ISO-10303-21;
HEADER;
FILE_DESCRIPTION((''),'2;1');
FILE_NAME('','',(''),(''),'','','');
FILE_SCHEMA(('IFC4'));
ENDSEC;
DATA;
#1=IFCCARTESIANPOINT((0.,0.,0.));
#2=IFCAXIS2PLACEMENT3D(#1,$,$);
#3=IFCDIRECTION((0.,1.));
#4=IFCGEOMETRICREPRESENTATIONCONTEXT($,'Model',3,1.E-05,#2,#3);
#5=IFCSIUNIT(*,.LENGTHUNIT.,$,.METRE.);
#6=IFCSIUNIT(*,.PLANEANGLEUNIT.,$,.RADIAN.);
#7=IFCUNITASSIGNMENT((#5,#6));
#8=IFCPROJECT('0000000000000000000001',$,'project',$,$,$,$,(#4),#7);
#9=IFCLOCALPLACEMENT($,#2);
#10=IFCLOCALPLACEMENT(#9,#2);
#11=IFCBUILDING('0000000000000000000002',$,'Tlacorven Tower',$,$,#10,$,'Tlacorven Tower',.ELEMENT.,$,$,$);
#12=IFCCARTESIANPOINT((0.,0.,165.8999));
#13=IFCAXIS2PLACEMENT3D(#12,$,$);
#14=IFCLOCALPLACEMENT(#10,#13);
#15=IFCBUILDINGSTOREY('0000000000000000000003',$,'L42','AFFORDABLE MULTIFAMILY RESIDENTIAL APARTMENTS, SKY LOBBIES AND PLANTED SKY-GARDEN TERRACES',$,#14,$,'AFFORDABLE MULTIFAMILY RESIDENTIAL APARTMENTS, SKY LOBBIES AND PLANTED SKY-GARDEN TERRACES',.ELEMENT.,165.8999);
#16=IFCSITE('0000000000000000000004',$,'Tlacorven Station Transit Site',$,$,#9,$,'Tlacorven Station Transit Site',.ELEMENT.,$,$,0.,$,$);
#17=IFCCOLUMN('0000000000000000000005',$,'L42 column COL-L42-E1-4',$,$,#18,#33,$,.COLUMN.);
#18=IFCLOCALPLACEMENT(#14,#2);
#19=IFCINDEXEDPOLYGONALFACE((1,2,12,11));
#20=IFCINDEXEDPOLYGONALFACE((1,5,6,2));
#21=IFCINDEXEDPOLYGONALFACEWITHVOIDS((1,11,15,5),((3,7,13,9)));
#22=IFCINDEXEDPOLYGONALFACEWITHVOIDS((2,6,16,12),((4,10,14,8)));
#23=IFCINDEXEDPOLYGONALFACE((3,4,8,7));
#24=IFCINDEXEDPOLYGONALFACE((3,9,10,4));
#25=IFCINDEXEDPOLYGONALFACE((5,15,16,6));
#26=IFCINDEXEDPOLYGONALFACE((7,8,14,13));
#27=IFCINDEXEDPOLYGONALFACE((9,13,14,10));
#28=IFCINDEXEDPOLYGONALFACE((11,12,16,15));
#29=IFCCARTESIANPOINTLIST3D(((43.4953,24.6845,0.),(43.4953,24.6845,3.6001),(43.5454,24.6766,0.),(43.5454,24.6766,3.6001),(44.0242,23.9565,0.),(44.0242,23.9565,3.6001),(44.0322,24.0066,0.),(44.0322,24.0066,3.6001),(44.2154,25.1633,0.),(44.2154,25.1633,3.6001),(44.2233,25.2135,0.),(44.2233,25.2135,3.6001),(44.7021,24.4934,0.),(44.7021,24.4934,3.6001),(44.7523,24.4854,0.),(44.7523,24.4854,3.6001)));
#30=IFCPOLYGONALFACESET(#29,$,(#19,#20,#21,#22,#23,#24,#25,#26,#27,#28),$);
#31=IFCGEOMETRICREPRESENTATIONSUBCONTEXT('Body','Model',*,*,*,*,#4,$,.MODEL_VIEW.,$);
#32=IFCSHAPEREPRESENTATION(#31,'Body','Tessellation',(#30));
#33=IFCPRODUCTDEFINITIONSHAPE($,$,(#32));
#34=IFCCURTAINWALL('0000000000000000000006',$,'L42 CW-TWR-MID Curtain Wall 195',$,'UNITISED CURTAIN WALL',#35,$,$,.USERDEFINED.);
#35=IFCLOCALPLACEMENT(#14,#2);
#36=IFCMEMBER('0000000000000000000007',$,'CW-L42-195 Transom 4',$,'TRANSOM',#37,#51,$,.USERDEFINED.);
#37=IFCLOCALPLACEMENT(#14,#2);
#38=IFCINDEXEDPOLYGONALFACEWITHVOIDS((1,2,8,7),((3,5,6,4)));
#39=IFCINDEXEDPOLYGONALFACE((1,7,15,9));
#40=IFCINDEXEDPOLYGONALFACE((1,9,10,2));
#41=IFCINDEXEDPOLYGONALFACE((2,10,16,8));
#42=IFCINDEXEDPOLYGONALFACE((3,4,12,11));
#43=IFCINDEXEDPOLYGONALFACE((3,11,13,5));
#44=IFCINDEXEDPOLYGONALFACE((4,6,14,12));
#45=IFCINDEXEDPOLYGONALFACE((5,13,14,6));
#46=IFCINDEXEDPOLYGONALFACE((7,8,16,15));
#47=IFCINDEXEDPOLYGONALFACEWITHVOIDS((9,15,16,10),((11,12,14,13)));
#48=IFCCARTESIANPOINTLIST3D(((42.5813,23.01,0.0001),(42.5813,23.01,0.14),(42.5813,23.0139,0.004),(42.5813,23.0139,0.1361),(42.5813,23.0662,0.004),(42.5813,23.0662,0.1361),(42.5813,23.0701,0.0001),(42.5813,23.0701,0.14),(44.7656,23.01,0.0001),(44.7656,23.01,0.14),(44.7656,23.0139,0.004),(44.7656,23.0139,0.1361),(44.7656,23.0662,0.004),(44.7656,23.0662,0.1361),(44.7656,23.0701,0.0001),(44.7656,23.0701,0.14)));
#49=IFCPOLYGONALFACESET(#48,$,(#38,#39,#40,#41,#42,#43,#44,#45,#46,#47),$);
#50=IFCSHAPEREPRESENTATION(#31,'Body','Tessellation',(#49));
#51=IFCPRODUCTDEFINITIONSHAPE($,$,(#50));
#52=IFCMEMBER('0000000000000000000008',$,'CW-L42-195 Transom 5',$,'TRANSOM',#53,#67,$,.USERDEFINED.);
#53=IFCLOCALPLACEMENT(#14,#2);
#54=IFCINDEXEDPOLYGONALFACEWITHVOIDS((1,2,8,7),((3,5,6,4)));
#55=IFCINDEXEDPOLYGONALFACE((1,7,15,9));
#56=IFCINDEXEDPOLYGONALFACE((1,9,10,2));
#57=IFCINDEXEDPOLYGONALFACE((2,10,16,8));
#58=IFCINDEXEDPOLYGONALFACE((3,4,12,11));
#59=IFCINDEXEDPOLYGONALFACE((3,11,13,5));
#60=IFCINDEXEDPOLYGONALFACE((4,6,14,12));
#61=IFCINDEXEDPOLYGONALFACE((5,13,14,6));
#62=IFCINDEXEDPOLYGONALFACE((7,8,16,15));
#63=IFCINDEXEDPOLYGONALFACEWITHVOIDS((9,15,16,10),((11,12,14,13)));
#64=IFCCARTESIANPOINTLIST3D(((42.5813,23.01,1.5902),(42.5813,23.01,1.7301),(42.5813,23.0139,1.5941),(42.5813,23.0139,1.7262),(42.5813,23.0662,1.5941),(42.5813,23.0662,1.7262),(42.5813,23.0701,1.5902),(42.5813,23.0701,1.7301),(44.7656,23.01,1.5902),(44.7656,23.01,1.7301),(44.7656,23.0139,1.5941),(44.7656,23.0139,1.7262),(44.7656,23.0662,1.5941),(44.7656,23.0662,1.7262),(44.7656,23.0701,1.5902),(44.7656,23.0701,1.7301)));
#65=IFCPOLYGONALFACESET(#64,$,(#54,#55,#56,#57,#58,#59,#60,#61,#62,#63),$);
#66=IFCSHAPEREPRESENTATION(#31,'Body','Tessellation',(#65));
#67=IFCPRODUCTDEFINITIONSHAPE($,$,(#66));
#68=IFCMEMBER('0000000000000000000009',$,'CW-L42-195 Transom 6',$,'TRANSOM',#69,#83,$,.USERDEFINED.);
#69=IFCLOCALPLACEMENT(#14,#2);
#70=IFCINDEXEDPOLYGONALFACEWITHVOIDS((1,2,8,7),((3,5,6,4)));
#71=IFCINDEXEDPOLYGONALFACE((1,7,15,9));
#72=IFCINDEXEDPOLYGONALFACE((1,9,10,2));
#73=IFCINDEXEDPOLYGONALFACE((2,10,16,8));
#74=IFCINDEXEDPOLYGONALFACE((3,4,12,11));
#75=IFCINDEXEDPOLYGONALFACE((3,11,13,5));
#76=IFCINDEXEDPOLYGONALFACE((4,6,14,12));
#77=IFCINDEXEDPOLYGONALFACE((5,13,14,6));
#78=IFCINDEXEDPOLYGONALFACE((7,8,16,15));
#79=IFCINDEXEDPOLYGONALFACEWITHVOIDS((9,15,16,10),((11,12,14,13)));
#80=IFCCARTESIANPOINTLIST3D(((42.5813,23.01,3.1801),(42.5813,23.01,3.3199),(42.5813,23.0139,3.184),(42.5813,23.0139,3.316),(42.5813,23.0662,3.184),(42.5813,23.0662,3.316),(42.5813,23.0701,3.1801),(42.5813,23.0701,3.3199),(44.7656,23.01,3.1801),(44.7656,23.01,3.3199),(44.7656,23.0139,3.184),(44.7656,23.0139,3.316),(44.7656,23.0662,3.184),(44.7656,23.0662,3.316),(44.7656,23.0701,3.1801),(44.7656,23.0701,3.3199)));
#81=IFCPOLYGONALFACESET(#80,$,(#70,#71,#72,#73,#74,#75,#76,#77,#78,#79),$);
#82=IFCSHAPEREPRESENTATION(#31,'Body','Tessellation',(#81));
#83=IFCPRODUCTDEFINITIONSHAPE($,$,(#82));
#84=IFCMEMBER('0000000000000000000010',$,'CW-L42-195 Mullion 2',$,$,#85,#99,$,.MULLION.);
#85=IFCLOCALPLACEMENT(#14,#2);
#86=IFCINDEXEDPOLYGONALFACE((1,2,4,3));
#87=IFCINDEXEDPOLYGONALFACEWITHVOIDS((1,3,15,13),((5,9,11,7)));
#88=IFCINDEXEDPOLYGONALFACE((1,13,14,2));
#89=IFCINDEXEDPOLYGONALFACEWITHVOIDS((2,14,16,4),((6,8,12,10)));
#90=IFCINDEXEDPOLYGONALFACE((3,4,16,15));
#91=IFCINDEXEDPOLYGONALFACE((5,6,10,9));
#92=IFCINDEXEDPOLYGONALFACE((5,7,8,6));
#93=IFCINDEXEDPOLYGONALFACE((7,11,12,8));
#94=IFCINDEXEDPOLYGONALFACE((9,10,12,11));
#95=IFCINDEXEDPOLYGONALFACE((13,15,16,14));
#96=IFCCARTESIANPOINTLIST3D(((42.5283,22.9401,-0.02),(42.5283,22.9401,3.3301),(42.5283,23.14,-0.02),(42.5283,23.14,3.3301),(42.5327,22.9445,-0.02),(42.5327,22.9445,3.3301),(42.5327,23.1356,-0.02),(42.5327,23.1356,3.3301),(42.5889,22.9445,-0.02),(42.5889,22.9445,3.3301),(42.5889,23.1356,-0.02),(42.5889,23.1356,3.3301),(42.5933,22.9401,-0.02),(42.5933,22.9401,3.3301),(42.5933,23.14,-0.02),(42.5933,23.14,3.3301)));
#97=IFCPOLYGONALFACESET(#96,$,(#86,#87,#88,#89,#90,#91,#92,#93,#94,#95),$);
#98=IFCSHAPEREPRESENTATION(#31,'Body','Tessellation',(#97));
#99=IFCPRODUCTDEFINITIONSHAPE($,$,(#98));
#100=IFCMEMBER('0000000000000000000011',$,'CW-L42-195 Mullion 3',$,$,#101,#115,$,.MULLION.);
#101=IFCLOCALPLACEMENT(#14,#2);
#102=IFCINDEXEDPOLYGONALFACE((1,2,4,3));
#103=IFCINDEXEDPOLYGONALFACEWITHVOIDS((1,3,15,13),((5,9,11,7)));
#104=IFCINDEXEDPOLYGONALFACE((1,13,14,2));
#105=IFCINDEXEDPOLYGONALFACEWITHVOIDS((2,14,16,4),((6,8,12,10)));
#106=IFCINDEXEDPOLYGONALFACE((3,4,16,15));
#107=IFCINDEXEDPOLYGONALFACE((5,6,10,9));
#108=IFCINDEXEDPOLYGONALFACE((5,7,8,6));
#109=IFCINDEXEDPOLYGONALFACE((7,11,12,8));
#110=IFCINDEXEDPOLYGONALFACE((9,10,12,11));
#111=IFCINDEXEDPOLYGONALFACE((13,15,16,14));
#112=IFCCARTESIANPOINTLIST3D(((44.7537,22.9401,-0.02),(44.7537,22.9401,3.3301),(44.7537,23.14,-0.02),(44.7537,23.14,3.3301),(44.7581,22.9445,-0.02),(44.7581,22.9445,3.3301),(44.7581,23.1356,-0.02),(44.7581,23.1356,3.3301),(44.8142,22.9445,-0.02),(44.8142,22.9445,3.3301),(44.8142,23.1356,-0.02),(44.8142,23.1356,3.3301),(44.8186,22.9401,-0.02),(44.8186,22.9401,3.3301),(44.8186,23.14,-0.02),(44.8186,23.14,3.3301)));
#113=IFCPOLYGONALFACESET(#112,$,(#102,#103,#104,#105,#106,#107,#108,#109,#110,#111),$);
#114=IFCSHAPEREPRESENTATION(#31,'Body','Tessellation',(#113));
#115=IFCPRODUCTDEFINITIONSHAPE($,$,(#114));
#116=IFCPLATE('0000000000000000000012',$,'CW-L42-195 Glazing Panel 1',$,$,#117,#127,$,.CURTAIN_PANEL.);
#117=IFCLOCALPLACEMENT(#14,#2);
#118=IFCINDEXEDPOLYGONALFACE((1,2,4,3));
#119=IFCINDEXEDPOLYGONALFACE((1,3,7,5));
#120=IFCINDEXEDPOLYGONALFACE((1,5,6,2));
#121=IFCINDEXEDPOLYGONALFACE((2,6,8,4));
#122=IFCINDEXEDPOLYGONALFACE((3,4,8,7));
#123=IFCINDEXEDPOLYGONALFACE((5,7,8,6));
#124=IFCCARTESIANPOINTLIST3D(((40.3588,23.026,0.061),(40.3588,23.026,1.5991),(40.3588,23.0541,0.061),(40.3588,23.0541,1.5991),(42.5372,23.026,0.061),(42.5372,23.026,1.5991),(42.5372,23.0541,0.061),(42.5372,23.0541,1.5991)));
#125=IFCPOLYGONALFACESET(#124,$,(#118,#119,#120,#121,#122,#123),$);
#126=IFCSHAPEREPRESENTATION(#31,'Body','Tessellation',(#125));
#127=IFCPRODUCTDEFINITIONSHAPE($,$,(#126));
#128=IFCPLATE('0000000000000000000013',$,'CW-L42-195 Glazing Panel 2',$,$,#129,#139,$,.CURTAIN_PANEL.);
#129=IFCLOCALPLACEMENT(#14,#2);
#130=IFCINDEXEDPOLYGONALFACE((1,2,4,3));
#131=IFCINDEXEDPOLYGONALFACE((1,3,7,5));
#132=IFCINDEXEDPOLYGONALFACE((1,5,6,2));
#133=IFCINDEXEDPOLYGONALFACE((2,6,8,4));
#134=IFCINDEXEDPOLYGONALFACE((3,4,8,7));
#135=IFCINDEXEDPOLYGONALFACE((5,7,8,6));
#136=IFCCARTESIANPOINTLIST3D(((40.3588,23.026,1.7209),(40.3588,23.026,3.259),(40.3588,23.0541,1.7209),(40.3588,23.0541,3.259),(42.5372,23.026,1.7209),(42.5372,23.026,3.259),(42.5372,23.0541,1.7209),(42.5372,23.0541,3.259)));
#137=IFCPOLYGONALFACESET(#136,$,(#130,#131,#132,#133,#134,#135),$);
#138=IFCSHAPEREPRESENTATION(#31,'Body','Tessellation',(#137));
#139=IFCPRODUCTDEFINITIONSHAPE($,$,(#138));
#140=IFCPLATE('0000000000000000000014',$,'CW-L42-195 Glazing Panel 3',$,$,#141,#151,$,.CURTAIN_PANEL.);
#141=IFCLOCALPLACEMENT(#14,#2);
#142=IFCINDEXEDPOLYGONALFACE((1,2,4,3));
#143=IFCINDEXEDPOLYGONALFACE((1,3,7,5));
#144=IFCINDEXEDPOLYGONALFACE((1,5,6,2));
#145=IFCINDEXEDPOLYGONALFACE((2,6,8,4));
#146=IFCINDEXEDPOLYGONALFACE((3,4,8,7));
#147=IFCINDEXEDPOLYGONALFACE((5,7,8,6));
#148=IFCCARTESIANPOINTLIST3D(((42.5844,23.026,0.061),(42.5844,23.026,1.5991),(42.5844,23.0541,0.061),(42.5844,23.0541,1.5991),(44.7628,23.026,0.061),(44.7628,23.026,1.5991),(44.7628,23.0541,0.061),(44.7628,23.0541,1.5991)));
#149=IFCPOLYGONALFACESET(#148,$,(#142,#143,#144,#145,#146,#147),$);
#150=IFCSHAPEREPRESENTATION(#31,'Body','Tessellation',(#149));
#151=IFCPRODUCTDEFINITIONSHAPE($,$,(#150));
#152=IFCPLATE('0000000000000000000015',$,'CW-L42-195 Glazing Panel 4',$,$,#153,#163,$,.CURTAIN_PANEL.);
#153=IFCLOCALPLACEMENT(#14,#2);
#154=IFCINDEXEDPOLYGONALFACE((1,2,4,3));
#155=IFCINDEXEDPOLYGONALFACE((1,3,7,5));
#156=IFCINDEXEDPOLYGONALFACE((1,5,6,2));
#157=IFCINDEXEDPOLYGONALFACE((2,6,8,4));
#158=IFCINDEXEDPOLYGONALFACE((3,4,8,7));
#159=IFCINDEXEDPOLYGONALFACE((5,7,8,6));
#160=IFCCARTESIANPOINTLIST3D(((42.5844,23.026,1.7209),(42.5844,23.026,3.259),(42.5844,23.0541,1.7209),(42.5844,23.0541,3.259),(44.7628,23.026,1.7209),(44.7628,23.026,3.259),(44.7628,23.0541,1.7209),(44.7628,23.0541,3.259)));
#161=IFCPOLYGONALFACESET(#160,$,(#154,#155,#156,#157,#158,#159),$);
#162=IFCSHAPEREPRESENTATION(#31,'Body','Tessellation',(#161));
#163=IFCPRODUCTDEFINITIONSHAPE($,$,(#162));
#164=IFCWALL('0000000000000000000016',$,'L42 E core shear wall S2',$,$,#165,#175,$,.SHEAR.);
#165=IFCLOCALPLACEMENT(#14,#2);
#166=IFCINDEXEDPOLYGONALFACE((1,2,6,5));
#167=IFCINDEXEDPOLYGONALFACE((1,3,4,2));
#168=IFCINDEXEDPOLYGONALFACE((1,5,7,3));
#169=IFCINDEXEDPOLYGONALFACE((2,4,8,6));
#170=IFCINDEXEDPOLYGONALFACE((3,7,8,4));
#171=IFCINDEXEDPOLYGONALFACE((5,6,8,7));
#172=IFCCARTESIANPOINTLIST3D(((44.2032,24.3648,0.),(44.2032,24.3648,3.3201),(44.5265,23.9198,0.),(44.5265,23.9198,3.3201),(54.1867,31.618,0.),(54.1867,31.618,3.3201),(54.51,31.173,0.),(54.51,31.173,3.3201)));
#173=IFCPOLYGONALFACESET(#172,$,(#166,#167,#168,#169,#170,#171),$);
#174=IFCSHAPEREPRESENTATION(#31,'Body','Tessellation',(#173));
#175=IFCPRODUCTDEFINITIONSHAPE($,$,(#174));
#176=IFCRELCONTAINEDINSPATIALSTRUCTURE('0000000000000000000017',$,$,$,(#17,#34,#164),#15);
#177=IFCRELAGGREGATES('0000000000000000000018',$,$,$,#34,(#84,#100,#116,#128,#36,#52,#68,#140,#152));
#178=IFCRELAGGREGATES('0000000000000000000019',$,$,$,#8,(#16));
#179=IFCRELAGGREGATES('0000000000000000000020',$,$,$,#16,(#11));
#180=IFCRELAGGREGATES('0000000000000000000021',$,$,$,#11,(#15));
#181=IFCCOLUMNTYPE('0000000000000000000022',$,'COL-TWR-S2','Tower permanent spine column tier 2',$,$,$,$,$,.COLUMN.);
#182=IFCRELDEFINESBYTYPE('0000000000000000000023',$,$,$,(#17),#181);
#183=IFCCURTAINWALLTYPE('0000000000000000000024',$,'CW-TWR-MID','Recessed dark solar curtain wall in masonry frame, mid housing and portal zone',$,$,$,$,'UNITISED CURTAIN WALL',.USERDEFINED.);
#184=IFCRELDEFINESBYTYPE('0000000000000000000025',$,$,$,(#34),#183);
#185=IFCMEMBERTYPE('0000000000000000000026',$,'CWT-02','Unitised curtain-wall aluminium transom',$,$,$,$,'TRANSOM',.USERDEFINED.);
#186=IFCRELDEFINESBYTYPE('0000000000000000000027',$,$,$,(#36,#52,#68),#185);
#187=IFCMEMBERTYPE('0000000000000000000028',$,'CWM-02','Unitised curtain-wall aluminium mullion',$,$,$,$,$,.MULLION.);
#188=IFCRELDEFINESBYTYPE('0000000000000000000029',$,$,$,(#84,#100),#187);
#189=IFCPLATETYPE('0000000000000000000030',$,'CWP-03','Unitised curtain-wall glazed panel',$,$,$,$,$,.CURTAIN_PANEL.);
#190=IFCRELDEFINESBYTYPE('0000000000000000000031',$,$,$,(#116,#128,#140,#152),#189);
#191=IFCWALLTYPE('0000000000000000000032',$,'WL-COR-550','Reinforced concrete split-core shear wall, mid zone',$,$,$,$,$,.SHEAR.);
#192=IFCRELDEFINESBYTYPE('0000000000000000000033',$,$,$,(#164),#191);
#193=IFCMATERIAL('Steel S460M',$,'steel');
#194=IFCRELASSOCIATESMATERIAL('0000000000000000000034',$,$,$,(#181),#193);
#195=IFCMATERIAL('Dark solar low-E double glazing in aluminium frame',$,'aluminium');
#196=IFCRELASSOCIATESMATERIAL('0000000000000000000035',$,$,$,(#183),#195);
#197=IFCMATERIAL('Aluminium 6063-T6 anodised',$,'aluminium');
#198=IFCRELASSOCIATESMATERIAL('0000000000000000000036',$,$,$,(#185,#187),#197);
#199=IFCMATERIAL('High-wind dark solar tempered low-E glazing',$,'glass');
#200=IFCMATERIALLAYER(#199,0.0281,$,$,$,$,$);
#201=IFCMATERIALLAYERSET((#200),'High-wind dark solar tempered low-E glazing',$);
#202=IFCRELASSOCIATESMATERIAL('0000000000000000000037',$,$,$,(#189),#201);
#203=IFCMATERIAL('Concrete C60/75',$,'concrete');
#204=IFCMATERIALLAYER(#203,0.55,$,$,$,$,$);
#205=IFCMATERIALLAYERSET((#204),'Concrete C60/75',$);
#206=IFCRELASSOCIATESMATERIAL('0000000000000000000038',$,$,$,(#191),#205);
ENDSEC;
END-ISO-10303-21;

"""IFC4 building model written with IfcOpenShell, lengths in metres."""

from ifc_helpers import new_model, si_unit, direction, frame, frame_2d, origin, origin_2d, place, context, subcontext, project, spatial, rectangle, hollow_rectangle, extrude, source, transform, mapped, material, layer, layer_set, material_profile, profile_set, type_object, element, aggregate, save


model = new_model("IFC4")

# Units and contexts
model_context = context("Model", 3, precision=1e-05, world=origin(), true_north=direction((0.0, 1.0)))
body_context = subcontext(model_context, "Body", "Model", "MODEL_VIEW")
ifc_project = project(units=[si_unit("LENGTHUNIT", "METRE"), si_unit("PLANEANGLEUNIT", "RADIAN")], contexts=[model_context])

# Site, building, storey
site_placement = place(None, origin())
site = spatial("IfcSite", under=ifc_project, at=site_placement, Name="Tlacorven Station Transit Site", LongName="Tlacorven Station Transit Site", CompositionType="ELEMENT", RefElevation=0.0)
building_placement = place(site_placement, origin())
building = spatial("IfcBuilding", under=site, at=building_placement, Name="Tlacorven Tower", LongName="Tlacorven Tower", CompositionType="ELEMENT")
storey_placement = place(building_placement, frame((0.0, 0.0, 165.8999)))
storey = spatial("IfcBuildingStorey", under=building, at=storey_placement, Name="L42", Description="AFFORDABLE MULTIFAMILY RESIDENTIAL APARTMENTS, SKY LOBBIES AND PLANTED SKY-GARDEN TERRACES", LongName="AFFORDABLE MULTIFAMILY RESIDENTIAL APARTMENTS, SKY LOBBIES AND PLANTED SKY-GARDEN TERRACES", CompositionType="ELEMENT", Elevation=165.8999)

# Column
ifc_material_1 = material(Name="Steel S460M", Category="steel")
ifc_material_profile_1 = material_profile(ifc_material_1, hollow_rectangle(XDim=0.8999, YDim=0.8999, WallThickness=0.0359, at=origin_2d()), Name="BOX 900X900X36")
ifc_profile_set_1 = profile_set([ifc_material_profile_1], Name="Steel S460M")
column_type = type_object("IfcColumnType", Name="COL-TWR-S2", Description="Tower permanent spine column tier 2", PredefinedType="COLUMN", material=ifc_profile_set_1)
shared_shape_1 = source(origin(), body_context, "Body", "SweptSolid", [
    extrude(hollow_rectangle(XDim=0.8999, YDim=0.8999, WallThickness=0.0359, at=origin_2d()), origin(), (0.0, 0.0, 1.0), 3.6001),
])
column_placement = place(storey_placement, frame((44.1238, 24.585, 0.0), z_axis=(0.0, 0.0, 1.0), x_axis=(0.809017, 0.587785, 0.0)))
element("IfcColumn", 1, at=column_placement, inside=storey, type_object=column_type, Name="L42 column COL-L42-E1-4", PredefinedType="COLUMN", context=body_context, shape_type="MappedRepresentation", body=[
    mapped(shared_shape_1, transform((0.0, 0.0, 0.0), scale=1.0)),
])

# Curtain wall, members, plates
ifc_material_2 = material(Name="Dark solar low-E double glazing in aluminium frame", Category="aluminium")
curtain_wall_type = type_object("IfcCurtainWallType", Name="CW-TWR-MID", Description="Recessed dark solar curtain wall in masonry frame, mid housing and portal zone", ElementType="UNITISED CURTAIN WALL", PredefinedType="USERDEFINED", material=ifc_material_2)
curtain_wall_placement = place(storey_placement, origin())
curtain_wall = element("IfcCurtainWall", 2, at=curtain_wall_placement, inside=storey, type_object=curtain_wall_type, Name="L42 CW-TWR-MID Curtain Wall 195", ObjectType="UNITISED CURTAIN WALL", PredefinedType="USERDEFINED")
ifc_material_3 = material(Name="Aluminium 6063-T6 anodised", Category="aluminium")
ifc_material_profile_2 = material_profile(ifc_material_3, hollow_rectangle(XDim=0.0601, YDim=0.1399, WallThickness=0.0039, at=origin_2d()), Name="ALU TRANSOM 60X140")
ifc_profile_set_2 = profile_set([ifc_material_profile_2], Name="Aluminium 6063-T6 anodised")
member_type_1 = type_object("IfcMemberType", Name="CWT-02", Description="Unitised curtain-wall aluminium transom", ElementType="TRANSOM", PredefinedType="USERDEFINED", material=ifc_profile_set_2)
shared_shape_2 = source(origin(), body_context, "Body", "SweptSolid", [
    extrude(hollow_rectangle(XDim=0.0601, YDim=0.1399, WallThickness=0.0039, at=origin_2d()), origin(), (0.0, 0.0, 1.0), 2.1843),
])
member_1_placement = place(storey_placement, frame((42.5813, 23.04, 0.0701), z_axis=(1.0, 0.0, 0.0), x_axis=(0.0, 1.0, 0.0)))
member_1 = element("IfcMember", 3, at=member_1_placement, type_object=member_type_1, Name="CW-L42-195 Transom 4", ObjectType="TRANSOM", PredefinedType="USERDEFINED", context=body_context, shape_type="MappedRepresentation", body=[
    mapped(shared_shape_2, transform((0.0, 0.0, 0.0), scale=1.0)),
])
member_2_placement = place(storey_placement, frame((42.5813, 23.04, 1.6602), z_axis=(1.0, 0.0, 0.0), x_axis=(0.0, 1.0, 0.0)))
member_2 = element("IfcMember", 4, at=member_2_placement, type_object=member_type_1, Name="CW-L42-195 Transom 5", ObjectType="TRANSOM", PredefinedType="USERDEFINED", context=body_context, shape_type="MappedRepresentation", body=[
    mapped(shared_shape_2, transform((0.0, 0.0, 0.0), scale=1.0)),
])
member_3_placement = place(storey_placement, frame((42.5813, 23.04, 3.25), z_axis=(1.0, 0.0, 0.0), x_axis=(0.0, 1.0, 0.0)))
member_3 = element("IfcMember", 5, at=member_3_placement, type_object=member_type_1, Name="CW-L42-195 Transom 6", ObjectType="TRANSOM", PredefinedType="USERDEFINED", context=body_context, shape_type="MappedRepresentation", body=[
    mapped(shared_shape_2, transform((0.0, 0.0, 0.0), scale=1.0)),
])
ifc_material_profile_3 = material_profile(ifc_material_3, hollow_rectangle(XDim=0.0649, YDim=0.2, WallThickness=0.0044, at=origin_2d()), Name="ALU MULLION 65X200")
ifc_profile_set_3 = profile_set([ifc_material_profile_3], Name="Aluminium 6063-T6 anodised")
member_type_2 = type_object("IfcMemberType", Name="CWM-02", Description="Unitised curtain-wall aluminium mullion", PredefinedType="MULLION", material=ifc_profile_set_3)
shared_shape_3 = source(origin(), body_context, "Body", "SweptSolid", [
    extrude(hollow_rectangle(XDim=0.0649, YDim=0.2, WallThickness=0.0044, at=origin_2d()), origin(), (0.0, 0.0, 1.0), 3.3501),
])
member_4_placement = place(storey_placement, frame((42.5608, 23.04, -0.02), z_axis=(0.0, 0.0, 1.0), x_axis=(1.0, 0.0, 0.0)))
member_4 = element("IfcMember", 6, at=member_4_placement, type_object=member_type_2, Name="CW-L42-195 Mullion 2", PredefinedType="MULLION", context=body_context, shape_type="MappedRepresentation", body=[
    mapped(shared_shape_3, transform((0.0, 0.0, 0.0), scale=1.0)),
])
member_5_placement = place(storey_placement, frame((44.7861, 23.04, -0.02), z_axis=(0.0, 0.0, 1.0), x_axis=(1.0, 0.0, 0.0)))
member_5 = element("IfcMember", 7, at=member_5_placement, type_object=member_type_2, Name="CW-L42-195 Mullion 3", PredefinedType="MULLION", context=body_context, shape_type="MappedRepresentation", body=[
    mapped(shared_shape_3, transform((0.0, 0.0, 0.0), scale=1.0)),
])
ifc_material_4 = material(Name="High-wind dark solar tempered low-E glazing", Category="glass")
ifc_layer_1 = layer(ifc_material_4, 0.0281)
ifc_layer_set_1 = layer_set([ifc_layer_1], Name="High-wind dark solar tempered low-E glazing")
plate_type = type_object("IfcPlateType", Name="CWP-03", Description="Unitised curtain-wall glazed panel", PredefinedType="CURTAIN_PANEL", material=ifc_layer_set_1)
shared_shape_4 = source(origin(), body_context, "Body", "SweptSolid", [
    extrude(rectangle(XDim=2.1785, YDim=0.0281, at=origin_2d()), origin(), (0.0, 0.0, 1.0), 1.5381),
])
plate_1_placement = place(storey_placement, frame((41.448, 23.04, 0.061), z_axis=(0.0, 0.0, 1.0), x_axis=(1.0, 0.0, 0.0)))
plate_1 = element("IfcPlate", 8, at=plate_1_placement, type_object=plate_type, Name="CW-L42-195 Glazing Panel 1", PredefinedType="CURTAIN_PANEL", context=body_context, shape_type="MappedRepresentation", body=[
    mapped(shared_shape_4, transform((0.0, 0.0, 0.0), scale=1.0)),
])
plate_2_placement = place(storey_placement, frame((41.448, 23.04, 1.7209), z_axis=(0.0, 0.0, 1.0), x_axis=(1.0, 0.0, 0.0)))
plate_2 = element("IfcPlate", 9, at=plate_2_placement, type_object=plate_type, Name="CW-L42-195 Glazing Panel 2", PredefinedType="CURTAIN_PANEL", context=body_context, shape_type="MappedRepresentation", body=[
    mapped(shared_shape_4, transform((0.0, 0.0, 0.0), scale=1.0)),
])
plate_3_placement = place(storey_placement, frame((43.6736, 23.04, 0.061), z_axis=(0.0, 0.0, 1.0), x_axis=(1.0, 0.0, 0.0)))
plate_3 = element("IfcPlate", 10, at=plate_3_placement, type_object=plate_type, Name="CW-L42-195 Glazing Panel 3", PredefinedType="CURTAIN_PANEL", context=body_context, shape_type="MappedRepresentation", body=[
    mapped(shared_shape_4, transform((0.0, 0.0, 0.0), scale=1.0)),
])
plate_4_placement = place(storey_placement, frame((43.6736, 23.04, 1.7209), z_axis=(0.0, 0.0, 1.0), x_axis=(1.0, 0.0, 0.0)))
plate_4 = element("IfcPlate", 11, at=plate_4_placement, type_object=plate_type, Name="CW-L42-195 Glazing Panel 4", PredefinedType="CURTAIN_PANEL", context=body_context, shape_type="MappedRepresentation", body=[
    mapped(shared_shape_4, transform((0.0, 0.0, 0.0), scale=1.0)),
])
aggregate(curtain_wall, [member_4, member_5, plate_1, plate_2, member_1, member_2, member_3, plate_3, plate_4])

# Wall
ifc_material_5 = material(Name="Concrete C60/75", Category="concrete")
ifc_layer_2 = layer(ifc_material_5, 0.55)
ifc_layer_set_2 = layer_set([ifc_layer_2], Name="Concrete C60/75")
wall_type_1 = type_object("IfcWallType", Name="WL-COR-550", Description="Reinforced concrete split-core shear wall, mid zone", PredefinedType="SHEAR", material=ifc_layer_set_2)
wall_1_placement = place(storey_placement, frame((44.365, 24.1423, 0.0), z_axis=(0.0, 0.0, 1.0), x_axis=(0.809024, 0.587775, 0.0)))
element("IfcWall", 12, at=wall_1_placement, inside=storey, type_object=wall_type_1, Name="L42 E core shear wall S2", PredefinedType="SHEAR", context=body_context, shape_type="SweptSolid", body=[
    extrude(rectangle(XDim=12.3401, YDim=0.55, at=frame_2d((6.1699, 0.0))), origin(), (0.0, 0.0, 1.0), 3.3201),
])

save(model, "model.ifc")
